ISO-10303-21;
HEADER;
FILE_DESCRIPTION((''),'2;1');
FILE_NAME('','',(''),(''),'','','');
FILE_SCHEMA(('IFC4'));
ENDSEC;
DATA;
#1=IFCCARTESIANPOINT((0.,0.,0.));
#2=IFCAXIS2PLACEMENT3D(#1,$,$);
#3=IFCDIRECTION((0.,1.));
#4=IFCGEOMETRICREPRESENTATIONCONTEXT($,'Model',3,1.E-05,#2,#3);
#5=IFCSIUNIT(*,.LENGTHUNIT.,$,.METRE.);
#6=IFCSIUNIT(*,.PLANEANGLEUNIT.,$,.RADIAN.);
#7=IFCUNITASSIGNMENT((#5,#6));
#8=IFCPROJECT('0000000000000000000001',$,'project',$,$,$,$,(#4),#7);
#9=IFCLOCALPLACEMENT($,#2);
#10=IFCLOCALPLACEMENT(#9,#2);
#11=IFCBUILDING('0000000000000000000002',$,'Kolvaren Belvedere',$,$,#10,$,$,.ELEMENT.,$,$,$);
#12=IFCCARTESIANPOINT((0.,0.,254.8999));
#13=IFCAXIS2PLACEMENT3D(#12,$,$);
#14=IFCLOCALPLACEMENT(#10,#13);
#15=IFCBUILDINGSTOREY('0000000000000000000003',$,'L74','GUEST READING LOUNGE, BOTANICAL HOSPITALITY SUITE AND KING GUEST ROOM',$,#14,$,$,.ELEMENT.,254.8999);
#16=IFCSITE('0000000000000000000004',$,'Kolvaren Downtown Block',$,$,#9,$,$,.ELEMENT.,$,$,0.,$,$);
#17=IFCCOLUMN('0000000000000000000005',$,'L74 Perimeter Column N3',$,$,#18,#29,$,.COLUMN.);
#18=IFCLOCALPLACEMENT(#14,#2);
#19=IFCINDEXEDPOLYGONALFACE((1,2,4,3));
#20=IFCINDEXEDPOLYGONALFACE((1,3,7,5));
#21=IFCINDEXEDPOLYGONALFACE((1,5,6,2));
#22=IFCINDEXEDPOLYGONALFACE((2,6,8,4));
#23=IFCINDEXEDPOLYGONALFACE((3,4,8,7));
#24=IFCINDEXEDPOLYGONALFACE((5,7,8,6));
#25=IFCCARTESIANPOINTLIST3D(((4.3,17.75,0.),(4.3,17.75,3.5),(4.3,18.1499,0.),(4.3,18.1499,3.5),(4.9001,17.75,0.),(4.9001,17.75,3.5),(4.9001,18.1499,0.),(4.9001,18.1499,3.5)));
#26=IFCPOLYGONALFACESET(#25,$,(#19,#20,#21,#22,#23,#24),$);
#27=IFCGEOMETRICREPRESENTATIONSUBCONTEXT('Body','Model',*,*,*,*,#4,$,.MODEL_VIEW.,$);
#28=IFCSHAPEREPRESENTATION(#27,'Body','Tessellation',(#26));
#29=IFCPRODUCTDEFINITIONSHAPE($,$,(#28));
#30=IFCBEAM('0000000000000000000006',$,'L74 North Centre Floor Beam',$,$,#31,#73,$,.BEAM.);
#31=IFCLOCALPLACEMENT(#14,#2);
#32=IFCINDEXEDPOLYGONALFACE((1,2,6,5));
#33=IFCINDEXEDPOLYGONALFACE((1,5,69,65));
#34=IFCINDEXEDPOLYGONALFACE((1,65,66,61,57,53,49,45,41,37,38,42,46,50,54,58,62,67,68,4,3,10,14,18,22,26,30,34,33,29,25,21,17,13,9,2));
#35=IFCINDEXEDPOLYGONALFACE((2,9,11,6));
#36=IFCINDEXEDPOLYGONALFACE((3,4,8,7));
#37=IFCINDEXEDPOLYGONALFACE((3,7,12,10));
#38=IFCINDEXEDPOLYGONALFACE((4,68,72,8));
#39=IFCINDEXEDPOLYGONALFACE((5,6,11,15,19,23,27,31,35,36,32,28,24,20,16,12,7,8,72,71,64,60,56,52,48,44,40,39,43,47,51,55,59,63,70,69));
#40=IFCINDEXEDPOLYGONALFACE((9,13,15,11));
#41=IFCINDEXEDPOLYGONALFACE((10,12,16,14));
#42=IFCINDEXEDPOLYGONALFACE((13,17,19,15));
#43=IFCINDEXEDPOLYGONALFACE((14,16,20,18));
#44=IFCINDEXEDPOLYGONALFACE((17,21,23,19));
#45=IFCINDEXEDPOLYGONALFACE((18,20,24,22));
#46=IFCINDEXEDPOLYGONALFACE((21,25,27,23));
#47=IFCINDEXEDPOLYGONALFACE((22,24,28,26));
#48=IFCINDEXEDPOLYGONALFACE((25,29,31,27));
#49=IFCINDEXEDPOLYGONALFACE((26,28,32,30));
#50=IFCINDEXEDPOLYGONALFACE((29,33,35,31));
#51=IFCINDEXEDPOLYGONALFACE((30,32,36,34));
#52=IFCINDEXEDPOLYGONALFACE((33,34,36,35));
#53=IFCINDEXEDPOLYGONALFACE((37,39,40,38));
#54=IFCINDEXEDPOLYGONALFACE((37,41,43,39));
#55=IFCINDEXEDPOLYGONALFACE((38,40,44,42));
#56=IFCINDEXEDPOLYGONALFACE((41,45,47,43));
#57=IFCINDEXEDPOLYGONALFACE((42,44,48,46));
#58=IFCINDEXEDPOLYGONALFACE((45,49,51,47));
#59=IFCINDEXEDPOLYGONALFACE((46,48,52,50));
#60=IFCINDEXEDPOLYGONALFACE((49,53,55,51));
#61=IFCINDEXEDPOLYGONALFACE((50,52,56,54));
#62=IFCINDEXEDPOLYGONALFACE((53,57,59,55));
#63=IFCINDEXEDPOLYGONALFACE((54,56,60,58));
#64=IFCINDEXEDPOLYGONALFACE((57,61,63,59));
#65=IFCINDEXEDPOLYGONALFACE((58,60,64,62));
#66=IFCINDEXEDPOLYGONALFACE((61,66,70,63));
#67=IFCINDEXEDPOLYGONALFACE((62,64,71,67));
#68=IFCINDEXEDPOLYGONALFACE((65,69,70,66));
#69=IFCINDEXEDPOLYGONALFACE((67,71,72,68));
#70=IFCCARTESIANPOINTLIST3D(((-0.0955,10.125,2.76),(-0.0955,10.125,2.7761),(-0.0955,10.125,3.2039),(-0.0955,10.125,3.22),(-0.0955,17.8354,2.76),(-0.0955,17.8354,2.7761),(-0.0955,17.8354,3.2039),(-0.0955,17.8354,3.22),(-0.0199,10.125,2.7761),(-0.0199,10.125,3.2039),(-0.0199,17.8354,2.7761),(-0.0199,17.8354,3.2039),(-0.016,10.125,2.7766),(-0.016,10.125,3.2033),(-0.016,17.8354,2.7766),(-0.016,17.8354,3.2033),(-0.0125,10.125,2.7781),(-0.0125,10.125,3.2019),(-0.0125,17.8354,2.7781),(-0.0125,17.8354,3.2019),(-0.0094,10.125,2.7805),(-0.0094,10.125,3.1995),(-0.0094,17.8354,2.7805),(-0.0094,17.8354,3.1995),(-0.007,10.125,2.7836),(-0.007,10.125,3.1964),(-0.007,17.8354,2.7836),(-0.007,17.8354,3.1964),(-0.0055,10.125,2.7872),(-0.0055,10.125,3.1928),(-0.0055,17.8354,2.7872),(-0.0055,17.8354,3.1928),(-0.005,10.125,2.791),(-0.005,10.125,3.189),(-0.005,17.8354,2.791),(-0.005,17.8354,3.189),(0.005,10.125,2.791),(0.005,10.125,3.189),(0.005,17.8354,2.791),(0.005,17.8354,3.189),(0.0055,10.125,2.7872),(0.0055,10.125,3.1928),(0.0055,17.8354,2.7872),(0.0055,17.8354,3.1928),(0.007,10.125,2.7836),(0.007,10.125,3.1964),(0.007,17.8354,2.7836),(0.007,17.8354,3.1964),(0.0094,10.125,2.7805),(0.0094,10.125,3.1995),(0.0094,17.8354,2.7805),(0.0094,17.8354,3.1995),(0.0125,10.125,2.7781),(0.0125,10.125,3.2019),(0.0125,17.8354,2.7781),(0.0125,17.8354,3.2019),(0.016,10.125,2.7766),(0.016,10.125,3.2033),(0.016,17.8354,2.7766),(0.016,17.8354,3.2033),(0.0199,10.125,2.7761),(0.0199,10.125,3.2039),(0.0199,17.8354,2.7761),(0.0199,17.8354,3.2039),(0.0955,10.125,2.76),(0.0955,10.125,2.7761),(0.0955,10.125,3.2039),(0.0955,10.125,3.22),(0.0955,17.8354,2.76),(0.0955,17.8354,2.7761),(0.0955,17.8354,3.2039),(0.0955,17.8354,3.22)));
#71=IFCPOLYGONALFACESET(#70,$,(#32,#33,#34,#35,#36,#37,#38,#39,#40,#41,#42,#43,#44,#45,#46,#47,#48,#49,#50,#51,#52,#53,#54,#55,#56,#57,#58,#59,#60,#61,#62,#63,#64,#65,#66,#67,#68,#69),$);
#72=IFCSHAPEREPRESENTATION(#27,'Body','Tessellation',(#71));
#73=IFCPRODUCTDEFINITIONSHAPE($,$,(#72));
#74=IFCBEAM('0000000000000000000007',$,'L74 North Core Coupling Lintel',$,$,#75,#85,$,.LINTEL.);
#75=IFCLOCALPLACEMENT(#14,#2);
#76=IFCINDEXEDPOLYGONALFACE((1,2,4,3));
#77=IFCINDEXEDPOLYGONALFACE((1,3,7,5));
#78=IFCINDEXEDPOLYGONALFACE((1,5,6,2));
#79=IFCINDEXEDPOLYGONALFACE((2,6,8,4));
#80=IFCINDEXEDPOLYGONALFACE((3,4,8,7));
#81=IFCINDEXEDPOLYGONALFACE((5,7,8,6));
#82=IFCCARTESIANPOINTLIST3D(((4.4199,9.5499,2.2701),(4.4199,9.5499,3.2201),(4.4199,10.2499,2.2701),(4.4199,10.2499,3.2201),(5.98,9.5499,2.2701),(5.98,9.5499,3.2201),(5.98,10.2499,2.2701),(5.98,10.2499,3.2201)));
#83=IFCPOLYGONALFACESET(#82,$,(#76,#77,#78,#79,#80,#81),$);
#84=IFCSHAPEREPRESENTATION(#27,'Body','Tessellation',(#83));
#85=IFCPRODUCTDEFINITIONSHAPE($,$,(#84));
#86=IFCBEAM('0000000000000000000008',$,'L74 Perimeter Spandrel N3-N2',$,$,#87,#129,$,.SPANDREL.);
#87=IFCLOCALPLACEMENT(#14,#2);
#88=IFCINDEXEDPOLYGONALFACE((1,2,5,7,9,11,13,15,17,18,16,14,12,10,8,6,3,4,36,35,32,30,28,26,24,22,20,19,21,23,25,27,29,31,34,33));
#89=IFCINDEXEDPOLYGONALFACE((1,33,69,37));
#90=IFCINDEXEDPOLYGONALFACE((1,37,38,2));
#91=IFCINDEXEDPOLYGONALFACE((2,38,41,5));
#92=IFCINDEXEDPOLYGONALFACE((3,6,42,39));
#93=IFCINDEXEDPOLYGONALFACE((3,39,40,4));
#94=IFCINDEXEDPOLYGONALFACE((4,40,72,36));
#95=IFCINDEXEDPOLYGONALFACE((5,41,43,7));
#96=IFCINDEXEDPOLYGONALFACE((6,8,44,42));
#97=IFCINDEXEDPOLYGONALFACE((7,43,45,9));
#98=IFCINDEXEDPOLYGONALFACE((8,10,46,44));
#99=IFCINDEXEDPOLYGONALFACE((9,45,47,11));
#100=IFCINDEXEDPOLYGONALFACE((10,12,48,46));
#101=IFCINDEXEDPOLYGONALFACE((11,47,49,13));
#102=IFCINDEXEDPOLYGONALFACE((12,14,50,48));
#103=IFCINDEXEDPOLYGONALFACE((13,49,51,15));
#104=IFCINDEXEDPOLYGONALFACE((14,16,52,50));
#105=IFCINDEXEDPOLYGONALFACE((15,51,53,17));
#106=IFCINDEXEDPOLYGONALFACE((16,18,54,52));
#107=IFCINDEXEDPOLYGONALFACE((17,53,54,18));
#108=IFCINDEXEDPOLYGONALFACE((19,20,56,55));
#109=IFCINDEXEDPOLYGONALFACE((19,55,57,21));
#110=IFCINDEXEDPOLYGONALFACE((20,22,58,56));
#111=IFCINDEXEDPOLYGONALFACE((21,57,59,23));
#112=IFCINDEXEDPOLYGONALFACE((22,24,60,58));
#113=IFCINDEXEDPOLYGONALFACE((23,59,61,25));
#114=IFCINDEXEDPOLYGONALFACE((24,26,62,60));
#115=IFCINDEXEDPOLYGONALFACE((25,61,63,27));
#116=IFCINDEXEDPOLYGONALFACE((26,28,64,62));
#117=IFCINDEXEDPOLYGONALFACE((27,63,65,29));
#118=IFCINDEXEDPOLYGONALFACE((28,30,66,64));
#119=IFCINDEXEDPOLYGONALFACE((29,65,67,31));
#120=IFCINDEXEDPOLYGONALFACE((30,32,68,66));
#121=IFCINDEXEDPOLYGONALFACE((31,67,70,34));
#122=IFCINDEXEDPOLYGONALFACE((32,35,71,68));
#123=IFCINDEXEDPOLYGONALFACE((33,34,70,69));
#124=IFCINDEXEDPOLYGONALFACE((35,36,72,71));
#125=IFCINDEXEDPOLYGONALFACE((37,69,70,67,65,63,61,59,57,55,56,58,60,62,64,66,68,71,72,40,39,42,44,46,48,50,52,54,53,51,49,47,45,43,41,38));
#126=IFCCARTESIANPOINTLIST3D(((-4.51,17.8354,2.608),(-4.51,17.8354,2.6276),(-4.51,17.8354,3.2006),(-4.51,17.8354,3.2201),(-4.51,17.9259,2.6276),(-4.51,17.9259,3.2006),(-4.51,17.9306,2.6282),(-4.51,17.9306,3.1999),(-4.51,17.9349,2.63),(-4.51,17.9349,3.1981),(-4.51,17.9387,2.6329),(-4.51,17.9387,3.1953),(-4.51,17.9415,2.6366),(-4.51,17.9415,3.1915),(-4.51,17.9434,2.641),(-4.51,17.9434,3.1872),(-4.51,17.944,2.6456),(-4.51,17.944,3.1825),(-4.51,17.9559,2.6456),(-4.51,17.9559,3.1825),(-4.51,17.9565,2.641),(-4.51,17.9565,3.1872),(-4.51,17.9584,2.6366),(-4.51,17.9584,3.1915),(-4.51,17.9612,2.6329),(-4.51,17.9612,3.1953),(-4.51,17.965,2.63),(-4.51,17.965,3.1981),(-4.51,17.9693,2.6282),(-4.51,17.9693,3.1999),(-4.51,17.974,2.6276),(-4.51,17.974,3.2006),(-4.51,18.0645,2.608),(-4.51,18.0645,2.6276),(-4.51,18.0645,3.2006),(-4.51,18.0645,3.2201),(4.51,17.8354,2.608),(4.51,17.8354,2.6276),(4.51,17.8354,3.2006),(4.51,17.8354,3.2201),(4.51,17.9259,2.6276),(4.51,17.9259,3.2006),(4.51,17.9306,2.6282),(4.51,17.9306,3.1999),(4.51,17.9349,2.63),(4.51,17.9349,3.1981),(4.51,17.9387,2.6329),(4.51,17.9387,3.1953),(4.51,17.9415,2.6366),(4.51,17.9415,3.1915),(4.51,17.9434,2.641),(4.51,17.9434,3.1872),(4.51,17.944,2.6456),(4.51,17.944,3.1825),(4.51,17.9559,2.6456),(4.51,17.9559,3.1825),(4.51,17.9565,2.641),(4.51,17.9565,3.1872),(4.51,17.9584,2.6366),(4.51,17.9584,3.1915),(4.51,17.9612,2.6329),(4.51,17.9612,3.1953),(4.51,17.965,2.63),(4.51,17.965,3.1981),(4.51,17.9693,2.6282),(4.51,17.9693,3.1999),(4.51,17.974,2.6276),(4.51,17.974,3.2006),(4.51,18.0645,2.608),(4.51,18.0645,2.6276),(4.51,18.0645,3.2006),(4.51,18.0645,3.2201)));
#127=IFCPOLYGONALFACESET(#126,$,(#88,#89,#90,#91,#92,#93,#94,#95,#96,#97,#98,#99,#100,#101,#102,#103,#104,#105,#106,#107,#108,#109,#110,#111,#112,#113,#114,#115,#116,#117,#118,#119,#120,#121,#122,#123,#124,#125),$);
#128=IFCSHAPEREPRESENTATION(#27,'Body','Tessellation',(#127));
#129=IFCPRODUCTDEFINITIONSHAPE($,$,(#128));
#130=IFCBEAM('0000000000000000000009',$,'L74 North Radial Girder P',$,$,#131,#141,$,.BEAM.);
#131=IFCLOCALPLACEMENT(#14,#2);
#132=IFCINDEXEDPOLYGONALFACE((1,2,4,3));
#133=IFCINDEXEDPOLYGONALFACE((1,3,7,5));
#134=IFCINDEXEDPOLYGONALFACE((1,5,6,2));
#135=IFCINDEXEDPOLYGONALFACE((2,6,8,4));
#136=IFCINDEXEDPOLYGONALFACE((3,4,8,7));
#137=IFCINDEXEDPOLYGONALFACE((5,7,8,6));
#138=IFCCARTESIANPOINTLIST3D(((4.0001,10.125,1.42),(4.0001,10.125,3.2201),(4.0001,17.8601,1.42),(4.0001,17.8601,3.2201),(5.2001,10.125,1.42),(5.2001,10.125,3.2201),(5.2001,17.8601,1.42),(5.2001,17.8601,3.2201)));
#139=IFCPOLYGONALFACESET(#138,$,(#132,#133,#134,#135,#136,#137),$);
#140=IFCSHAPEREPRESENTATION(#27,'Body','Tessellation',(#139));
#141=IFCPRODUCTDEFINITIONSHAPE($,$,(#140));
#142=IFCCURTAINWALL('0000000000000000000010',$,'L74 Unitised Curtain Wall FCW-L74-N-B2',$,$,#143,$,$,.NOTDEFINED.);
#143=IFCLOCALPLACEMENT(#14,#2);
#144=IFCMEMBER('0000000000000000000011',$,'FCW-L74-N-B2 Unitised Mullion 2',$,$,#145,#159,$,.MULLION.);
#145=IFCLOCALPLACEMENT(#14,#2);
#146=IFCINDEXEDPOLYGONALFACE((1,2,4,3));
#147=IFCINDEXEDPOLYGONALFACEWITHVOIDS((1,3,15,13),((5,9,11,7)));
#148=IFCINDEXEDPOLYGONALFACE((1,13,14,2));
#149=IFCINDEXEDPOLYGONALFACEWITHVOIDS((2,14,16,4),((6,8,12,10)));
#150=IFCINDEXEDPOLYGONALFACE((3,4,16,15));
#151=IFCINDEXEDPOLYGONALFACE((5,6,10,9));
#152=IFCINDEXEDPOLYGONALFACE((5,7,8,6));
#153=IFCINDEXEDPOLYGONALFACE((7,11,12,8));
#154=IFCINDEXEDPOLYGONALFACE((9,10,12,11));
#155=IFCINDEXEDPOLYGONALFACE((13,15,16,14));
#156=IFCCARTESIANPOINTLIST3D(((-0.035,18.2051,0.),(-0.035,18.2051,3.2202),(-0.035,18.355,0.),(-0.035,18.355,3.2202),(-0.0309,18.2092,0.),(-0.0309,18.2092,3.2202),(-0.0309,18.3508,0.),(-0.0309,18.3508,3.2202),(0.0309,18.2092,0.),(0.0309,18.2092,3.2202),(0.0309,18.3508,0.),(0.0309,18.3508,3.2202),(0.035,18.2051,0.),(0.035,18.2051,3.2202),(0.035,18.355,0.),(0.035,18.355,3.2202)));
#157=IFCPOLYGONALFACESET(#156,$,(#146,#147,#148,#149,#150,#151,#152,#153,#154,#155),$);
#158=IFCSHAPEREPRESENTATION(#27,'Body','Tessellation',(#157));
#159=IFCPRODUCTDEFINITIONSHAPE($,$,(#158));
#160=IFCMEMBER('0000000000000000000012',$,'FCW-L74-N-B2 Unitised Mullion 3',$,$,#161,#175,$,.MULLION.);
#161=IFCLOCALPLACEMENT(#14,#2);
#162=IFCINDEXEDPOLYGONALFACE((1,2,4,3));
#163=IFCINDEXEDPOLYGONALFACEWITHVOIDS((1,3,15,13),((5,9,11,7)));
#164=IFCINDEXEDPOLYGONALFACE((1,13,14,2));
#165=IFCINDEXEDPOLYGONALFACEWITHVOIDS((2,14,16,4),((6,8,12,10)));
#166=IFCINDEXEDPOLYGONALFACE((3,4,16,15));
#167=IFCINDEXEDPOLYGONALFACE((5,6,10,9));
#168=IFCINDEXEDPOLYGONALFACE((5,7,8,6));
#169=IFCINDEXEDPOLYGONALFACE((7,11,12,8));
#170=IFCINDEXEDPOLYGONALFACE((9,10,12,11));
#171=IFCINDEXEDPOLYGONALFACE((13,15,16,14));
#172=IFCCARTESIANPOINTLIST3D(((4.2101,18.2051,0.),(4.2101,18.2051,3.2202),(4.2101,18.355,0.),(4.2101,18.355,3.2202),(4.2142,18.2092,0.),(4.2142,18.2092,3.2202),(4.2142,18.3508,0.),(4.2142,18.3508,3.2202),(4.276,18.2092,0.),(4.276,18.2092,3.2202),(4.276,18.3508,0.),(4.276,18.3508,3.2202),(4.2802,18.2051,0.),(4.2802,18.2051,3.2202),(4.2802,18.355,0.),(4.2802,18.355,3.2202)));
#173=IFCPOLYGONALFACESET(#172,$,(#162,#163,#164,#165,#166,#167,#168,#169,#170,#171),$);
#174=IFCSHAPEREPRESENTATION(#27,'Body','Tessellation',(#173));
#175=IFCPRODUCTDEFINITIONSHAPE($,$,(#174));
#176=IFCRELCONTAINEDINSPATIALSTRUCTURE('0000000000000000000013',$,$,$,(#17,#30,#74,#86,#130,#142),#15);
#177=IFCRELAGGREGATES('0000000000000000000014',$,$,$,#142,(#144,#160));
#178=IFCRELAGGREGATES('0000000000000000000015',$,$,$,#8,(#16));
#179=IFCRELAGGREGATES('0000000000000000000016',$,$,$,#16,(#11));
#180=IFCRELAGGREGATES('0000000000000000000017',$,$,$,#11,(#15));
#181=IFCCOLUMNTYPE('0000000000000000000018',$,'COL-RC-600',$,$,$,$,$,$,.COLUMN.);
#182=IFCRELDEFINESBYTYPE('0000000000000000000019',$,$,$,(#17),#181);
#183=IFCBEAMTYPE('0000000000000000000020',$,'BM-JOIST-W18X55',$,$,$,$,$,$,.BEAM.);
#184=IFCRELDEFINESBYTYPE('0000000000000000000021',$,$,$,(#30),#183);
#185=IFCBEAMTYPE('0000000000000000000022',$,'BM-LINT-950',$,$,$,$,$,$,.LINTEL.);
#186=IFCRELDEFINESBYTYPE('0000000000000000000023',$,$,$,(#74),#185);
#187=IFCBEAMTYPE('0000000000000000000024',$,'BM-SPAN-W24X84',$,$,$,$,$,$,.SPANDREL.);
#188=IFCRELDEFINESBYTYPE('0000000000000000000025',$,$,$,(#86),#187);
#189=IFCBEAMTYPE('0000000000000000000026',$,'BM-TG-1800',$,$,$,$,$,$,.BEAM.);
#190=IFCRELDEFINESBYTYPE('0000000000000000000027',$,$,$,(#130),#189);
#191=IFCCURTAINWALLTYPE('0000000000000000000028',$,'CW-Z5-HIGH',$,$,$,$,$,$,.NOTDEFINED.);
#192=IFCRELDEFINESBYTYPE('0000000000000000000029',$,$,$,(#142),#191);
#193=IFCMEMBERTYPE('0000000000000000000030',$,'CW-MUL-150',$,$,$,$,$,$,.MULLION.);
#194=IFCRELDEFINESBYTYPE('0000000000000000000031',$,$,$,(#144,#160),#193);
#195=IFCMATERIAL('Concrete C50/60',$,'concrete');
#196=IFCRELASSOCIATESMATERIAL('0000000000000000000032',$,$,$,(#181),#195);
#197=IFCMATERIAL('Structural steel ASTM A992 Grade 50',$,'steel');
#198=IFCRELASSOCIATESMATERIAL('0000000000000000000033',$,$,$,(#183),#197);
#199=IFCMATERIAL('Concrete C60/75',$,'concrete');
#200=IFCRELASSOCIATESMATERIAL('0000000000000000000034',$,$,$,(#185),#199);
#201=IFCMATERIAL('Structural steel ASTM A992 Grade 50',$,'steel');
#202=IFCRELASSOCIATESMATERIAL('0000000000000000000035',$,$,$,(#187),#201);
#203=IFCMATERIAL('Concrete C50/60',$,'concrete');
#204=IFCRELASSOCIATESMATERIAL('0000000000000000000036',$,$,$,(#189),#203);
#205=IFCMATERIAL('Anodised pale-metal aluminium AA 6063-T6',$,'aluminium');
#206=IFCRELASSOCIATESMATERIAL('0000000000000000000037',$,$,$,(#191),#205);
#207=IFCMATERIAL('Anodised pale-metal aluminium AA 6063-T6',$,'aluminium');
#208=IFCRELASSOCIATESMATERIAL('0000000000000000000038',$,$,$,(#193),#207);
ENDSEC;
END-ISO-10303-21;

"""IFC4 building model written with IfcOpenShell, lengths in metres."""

from ifc_helpers import new_model, si_unit, direction, frame, origin, origin_2d, place, context, subcontext, project, spatial, rectangle, hollow_rectangle, i_section, extrude, material, material_profile, profile_set, type_object, element, aggregate, save


model = new_model("IFC4")

# Units and contexts
model_context = context("Model", 3, precision=1e-05, world=origin(), true_north=direction((0.0, 1.0)))
body_context = subcontext(model_context, "Body", "Model", "MODEL_VIEW")
ifc_project = project(units=[si_unit("LENGTHUNIT", "METRE"), si_unit("PLANEANGLEUNIT", "RADIAN")], contexts=[model_context])

# Site, building, storey
site_placement = place(None, origin())
site = spatial("IfcSite", under=ifc_project, at=site_placement, Name="Kolvaren Downtown Block", CompositionType="ELEMENT", RefElevation=0.0)
building_placement = place(site_placement, origin())
building = spatial("IfcBuilding", under=site, at=building_placement, Name="Kolvaren Belvedere", CompositionType="ELEMENT")
storey_placement = place(building_placement, frame((0.0, 0.0, 254.8999)))
storey = spatial("IfcBuildingStorey", under=building, at=storey_placement, Name="L74", Description="GUEST READING LOUNGE, BOTANICAL HOSPITALITY SUITE AND KING GUEST ROOM", CompositionType="ELEMENT", Elevation=254.8999)

# Column
ifc_material_1 = material(Name="Concrete C50/60", Category="concrete")
ifc_material_profile_1 = material_profile(ifc_material_1, rectangle(XDim=0.6001, YDim=0.3999, at=origin_2d()), Name="RC 600X400")
ifc_profile_set_1 = profile_set([ifc_material_profile_1], Name="Concrete C50/60")
column_type = type_object("IfcColumnType", Name="COL-RC-600", PredefinedType="COLUMN", material=ifc_profile_set_1)
column_placement = place(storey_placement, frame((4.6001, 17.95, 0.0), z_axis=(0.0, 0.0, 1.0), x_axis=(1.0, 0.0, 0.0)))
element("IfcColumn", 1, at=column_placement, inside=storey, type_object=column_type, Name="L74 Perimeter Column N3", PredefinedType="COLUMN", context=body_context, shape_type="SweptSolid", body=[
    extrude(rectangle(XDim=0.6001, YDim=0.3999, at=origin_2d()), origin(), (0.0, 0.0, 1.0), 3.5),
])

# Beams
ifc_material_2 = material(Name="Structural steel ASTM A992 Grade 50", Category="steel")
ifc_material_profile_2 = material_profile(ifc_material_2, i_section(OverallWidth=0.1909, OverallDepth=0.46, WebThickness=0.01, FlangeThickness=0.0161, FilletRadius=0.0149, at=origin_2d()), Name="W18X55")
ifc_profile_set_2 = profile_set([ifc_material_profile_2], Name="Structural steel ASTM A992 Grade 50")
beam_type_1 = type_object("IfcBeamType", Name="BM-JOIST-W18X55", PredefinedType="BEAM", material=ifc_profile_set_2)
beam_1_placement = place(storey_placement, frame((0.0, 10.125, 2.99), z_axis=(0.0, 1.0, 0.0), x_axis=(-1.0, 0.0, 0.0)))
element("IfcBeam", 2, at=beam_1_placement, inside=storey, type_object=beam_type_1, Name="L74 North Centre Floor Beam", PredefinedType="BEAM", context=body_context, shape_type="SweptSolid", body=[
    extrude(i_section(OverallWidth=0.1909, OverallDepth=0.46, WebThickness=0.01, FlangeThickness=0.0161, FilletRadius=0.0149, at=origin_2d()), origin(), (0.0, 0.0, 1.0), 7.7104),
])
ifc_material_3 = material(Name="Concrete C60/75", Category="concrete")
ifc_material_profile_3 = material_profile(ifc_material_3, rectangle(XDim=0.7, YDim=0.95, at=origin_2d()), Name="RC 700X950")
ifc_profile_set_3 = profile_set([ifc_material_profile_3], Name="Concrete C60/75")
beam_type_2 = type_object("IfcBeamType", Name="BM-LINT-950", PredefinedType="LINTEL", material=ifc_profile_set_3)
beam_2_placement = place(storey_placement, frame((4.4199, 9.8999, 2.7451), z_axis=(1.0, 0.0, 0.0), x_axis=(0.0, 1.0, 0.0)))
element("IfcBeam", 3, at=beam_2_placement, inside=storey, type_object=beam_type_2, Name="L74 North Core Coupling Lintel", PredefinedType="LINTEL", context=body_context, shape_type="SweptSolid", body=[
    extrude(rectangle(XDim=0.7, YDim=0.95, at=origin_2d()), origin(), (0.0, 0.0, 1.0), 1.5601),
])
ifc_material_4 = material(Name="Structural steel ASTM A992 Grade 50", Category="steel")
ifc_material_profile_4 = material_profile(ifc_material_4, i_section(OverallWidth=0.229, OverallDepth=0.6121, WebThickness=0.012, FlangeThickness=0.0195, FilletRadius=0.0181, at=origin_2d()), Name="W24X84")
ifc_profile_set_4 = profile_set([ifc_material_profile_4], Name="Structural steel ASTM A992 Grade 50")
beam_type_3 = type_object("IfcBeamType", Name="BM-SPAN-W24X84", PredefinedType="SPANDREL", material=ifc_profile_set_4)
beam_3_placement = place(storey_placement, frame((4.51, 17.95, 2.9141), z_axis=(-1.0, 0.0, 0.0), x_axis=(0.0, -1.0, 0.0)))
element("IfcBeam", 4, at=beam_3_placement, inside=storey, type_object=beam_type_3, Name="L74 Perimeter Spandrel N3-N2", PredefinedType="SPANDREL", context=body_context, shape_type="SweptSolid", body=[
    extrude(i_section(OverallWidth=0.229, OverallDepth=0.6121, WebThickness=0.012, FlangeThickness=0.0195, FilletRadius=0.0181, at=origin_2d()), origin(), (0.0, 0.0, 1.0), 9.02),
])
ifc_material_5 = material(Name="Concrete C50/60", Category="concrete")
ifc_material_profile_5 = material_profile(ifc_material_5, rectangle(XDim=1.2, YDim=1.8, at=origin_2d()), Name="RC 1200X1800")
ifc_profile_set_5 = profile_set([ifc_material_profile_5], Name="Concrete C50/60")
beam_type_4 = type_object("IfcBeamType", Name="BM-TG-1800", PredefinedType="BEAM", material=ifc_profile_set_5)
beam_4_placement = place(storey_placement, frame((4.6001, 10.125, 2.3201), z_axis=(0.0, 1.0, 0.0), x_axis=(-1.0, 0.0, 0.0)))
element("IfcBeam", 5, at=beam_4_placement, inside=storey, type_object=beam_type_4, Name="L74 North Radial Girder P", PredefinedType="BEAM", context=body_context, shape_type="SweptSolid", body=[
    extrude(rectangle(XDim=1.2, YDim=1.8, at=origin_2d()), origin(), (0.0, 0.0, 1.0), 7.7351),
])

# Curtain wall, members
ifc_material_6 = material(Name="Anodised pale-metal aluminium AA 6063-T6", Category="aluminium")
curtain_wall_type = type_object("IfcCurtainWallType", Name="CW-Z5-HIGH", PredefinedType="NOTDEFINED", material=ifc_material_6)
curtain_wall_1_placement = place(storey_placement, origin())
curtain_wall_1 = element("IfcCurtainWall", 6, at=curtain_wall_1_placement, inside=storey, type_object=curtain_wall_type, Name="L74 Unitised Curtain Wall FCW-L74-N-B2", PredefinedType="NOTDEFINED")
ifc_material_7 = material(Name="Anodised pale-metal aluminium AA 6063-T6", Category="aluminium")
ifc_material_profile_6 = material_profile(ifc_material_7, hollow_rectangle(XDim=0.0701, YDim=0.1499, WallThickness=0.0042, at=origin_2d()), Name="ALU-MUL-150X70")
ifc_profile_set_6 = profile_set([ifc_material_profile_6], Name="Anodised pale-metal aluminium AA 6063-T6")
member_type_1 = type_object("IfcMemberType", Name="CW-MUL-150", PredefinedType="MULLION", material=ifc_profile_set_6)
member_1_placement = place(storey_placement, frame((0.0, 18.28, 0.0), z_axis=(0.0, 0.0, 1.0), x_axis=(1.0, 0.0, 0.0)))
member_1 = element("IfcMember", 7, at=member_1_placement, type_object=member_type_1, Name="FCW-L74-N-B2 Unitised Mullion 2", PredefinedType="MULLION", context=body_context, shape_type="SweptSolid", body=[
    extrude(hollow_rectangle(XDim=0.0701, YDim=0.1499, WallThickness=0.0042, at=origin_2d()), origin(), (0.0, 0.0, 1.0), 3.2202),
])
member_2_placement = place(storey_placement, frame((4.2451, 18.28, 0.0), z_axis=(0.0, 0.0, 1.0), x_axis=(1.0, 0.0, 0.0)))
member_2 = element("IfcMember", 8, at=member_2_placement, type_object=member_type_1, Name="FCW-L74-N-B2 Unitised Mullion 3", PredefinedType="MULLION", context=body_context, shape_type="SweptSolid", body=[
    extrude(hollow_rectangle(XDim=0.0701, YDim=0.1499, WallThickness=0.0042, at=origin_2d()), origin(), (0.0, 0.0, 1.0), 3.2202),
])

aggregate(curtain_wall_1, [member_1, member_2])

save(model, "model.ifc")
